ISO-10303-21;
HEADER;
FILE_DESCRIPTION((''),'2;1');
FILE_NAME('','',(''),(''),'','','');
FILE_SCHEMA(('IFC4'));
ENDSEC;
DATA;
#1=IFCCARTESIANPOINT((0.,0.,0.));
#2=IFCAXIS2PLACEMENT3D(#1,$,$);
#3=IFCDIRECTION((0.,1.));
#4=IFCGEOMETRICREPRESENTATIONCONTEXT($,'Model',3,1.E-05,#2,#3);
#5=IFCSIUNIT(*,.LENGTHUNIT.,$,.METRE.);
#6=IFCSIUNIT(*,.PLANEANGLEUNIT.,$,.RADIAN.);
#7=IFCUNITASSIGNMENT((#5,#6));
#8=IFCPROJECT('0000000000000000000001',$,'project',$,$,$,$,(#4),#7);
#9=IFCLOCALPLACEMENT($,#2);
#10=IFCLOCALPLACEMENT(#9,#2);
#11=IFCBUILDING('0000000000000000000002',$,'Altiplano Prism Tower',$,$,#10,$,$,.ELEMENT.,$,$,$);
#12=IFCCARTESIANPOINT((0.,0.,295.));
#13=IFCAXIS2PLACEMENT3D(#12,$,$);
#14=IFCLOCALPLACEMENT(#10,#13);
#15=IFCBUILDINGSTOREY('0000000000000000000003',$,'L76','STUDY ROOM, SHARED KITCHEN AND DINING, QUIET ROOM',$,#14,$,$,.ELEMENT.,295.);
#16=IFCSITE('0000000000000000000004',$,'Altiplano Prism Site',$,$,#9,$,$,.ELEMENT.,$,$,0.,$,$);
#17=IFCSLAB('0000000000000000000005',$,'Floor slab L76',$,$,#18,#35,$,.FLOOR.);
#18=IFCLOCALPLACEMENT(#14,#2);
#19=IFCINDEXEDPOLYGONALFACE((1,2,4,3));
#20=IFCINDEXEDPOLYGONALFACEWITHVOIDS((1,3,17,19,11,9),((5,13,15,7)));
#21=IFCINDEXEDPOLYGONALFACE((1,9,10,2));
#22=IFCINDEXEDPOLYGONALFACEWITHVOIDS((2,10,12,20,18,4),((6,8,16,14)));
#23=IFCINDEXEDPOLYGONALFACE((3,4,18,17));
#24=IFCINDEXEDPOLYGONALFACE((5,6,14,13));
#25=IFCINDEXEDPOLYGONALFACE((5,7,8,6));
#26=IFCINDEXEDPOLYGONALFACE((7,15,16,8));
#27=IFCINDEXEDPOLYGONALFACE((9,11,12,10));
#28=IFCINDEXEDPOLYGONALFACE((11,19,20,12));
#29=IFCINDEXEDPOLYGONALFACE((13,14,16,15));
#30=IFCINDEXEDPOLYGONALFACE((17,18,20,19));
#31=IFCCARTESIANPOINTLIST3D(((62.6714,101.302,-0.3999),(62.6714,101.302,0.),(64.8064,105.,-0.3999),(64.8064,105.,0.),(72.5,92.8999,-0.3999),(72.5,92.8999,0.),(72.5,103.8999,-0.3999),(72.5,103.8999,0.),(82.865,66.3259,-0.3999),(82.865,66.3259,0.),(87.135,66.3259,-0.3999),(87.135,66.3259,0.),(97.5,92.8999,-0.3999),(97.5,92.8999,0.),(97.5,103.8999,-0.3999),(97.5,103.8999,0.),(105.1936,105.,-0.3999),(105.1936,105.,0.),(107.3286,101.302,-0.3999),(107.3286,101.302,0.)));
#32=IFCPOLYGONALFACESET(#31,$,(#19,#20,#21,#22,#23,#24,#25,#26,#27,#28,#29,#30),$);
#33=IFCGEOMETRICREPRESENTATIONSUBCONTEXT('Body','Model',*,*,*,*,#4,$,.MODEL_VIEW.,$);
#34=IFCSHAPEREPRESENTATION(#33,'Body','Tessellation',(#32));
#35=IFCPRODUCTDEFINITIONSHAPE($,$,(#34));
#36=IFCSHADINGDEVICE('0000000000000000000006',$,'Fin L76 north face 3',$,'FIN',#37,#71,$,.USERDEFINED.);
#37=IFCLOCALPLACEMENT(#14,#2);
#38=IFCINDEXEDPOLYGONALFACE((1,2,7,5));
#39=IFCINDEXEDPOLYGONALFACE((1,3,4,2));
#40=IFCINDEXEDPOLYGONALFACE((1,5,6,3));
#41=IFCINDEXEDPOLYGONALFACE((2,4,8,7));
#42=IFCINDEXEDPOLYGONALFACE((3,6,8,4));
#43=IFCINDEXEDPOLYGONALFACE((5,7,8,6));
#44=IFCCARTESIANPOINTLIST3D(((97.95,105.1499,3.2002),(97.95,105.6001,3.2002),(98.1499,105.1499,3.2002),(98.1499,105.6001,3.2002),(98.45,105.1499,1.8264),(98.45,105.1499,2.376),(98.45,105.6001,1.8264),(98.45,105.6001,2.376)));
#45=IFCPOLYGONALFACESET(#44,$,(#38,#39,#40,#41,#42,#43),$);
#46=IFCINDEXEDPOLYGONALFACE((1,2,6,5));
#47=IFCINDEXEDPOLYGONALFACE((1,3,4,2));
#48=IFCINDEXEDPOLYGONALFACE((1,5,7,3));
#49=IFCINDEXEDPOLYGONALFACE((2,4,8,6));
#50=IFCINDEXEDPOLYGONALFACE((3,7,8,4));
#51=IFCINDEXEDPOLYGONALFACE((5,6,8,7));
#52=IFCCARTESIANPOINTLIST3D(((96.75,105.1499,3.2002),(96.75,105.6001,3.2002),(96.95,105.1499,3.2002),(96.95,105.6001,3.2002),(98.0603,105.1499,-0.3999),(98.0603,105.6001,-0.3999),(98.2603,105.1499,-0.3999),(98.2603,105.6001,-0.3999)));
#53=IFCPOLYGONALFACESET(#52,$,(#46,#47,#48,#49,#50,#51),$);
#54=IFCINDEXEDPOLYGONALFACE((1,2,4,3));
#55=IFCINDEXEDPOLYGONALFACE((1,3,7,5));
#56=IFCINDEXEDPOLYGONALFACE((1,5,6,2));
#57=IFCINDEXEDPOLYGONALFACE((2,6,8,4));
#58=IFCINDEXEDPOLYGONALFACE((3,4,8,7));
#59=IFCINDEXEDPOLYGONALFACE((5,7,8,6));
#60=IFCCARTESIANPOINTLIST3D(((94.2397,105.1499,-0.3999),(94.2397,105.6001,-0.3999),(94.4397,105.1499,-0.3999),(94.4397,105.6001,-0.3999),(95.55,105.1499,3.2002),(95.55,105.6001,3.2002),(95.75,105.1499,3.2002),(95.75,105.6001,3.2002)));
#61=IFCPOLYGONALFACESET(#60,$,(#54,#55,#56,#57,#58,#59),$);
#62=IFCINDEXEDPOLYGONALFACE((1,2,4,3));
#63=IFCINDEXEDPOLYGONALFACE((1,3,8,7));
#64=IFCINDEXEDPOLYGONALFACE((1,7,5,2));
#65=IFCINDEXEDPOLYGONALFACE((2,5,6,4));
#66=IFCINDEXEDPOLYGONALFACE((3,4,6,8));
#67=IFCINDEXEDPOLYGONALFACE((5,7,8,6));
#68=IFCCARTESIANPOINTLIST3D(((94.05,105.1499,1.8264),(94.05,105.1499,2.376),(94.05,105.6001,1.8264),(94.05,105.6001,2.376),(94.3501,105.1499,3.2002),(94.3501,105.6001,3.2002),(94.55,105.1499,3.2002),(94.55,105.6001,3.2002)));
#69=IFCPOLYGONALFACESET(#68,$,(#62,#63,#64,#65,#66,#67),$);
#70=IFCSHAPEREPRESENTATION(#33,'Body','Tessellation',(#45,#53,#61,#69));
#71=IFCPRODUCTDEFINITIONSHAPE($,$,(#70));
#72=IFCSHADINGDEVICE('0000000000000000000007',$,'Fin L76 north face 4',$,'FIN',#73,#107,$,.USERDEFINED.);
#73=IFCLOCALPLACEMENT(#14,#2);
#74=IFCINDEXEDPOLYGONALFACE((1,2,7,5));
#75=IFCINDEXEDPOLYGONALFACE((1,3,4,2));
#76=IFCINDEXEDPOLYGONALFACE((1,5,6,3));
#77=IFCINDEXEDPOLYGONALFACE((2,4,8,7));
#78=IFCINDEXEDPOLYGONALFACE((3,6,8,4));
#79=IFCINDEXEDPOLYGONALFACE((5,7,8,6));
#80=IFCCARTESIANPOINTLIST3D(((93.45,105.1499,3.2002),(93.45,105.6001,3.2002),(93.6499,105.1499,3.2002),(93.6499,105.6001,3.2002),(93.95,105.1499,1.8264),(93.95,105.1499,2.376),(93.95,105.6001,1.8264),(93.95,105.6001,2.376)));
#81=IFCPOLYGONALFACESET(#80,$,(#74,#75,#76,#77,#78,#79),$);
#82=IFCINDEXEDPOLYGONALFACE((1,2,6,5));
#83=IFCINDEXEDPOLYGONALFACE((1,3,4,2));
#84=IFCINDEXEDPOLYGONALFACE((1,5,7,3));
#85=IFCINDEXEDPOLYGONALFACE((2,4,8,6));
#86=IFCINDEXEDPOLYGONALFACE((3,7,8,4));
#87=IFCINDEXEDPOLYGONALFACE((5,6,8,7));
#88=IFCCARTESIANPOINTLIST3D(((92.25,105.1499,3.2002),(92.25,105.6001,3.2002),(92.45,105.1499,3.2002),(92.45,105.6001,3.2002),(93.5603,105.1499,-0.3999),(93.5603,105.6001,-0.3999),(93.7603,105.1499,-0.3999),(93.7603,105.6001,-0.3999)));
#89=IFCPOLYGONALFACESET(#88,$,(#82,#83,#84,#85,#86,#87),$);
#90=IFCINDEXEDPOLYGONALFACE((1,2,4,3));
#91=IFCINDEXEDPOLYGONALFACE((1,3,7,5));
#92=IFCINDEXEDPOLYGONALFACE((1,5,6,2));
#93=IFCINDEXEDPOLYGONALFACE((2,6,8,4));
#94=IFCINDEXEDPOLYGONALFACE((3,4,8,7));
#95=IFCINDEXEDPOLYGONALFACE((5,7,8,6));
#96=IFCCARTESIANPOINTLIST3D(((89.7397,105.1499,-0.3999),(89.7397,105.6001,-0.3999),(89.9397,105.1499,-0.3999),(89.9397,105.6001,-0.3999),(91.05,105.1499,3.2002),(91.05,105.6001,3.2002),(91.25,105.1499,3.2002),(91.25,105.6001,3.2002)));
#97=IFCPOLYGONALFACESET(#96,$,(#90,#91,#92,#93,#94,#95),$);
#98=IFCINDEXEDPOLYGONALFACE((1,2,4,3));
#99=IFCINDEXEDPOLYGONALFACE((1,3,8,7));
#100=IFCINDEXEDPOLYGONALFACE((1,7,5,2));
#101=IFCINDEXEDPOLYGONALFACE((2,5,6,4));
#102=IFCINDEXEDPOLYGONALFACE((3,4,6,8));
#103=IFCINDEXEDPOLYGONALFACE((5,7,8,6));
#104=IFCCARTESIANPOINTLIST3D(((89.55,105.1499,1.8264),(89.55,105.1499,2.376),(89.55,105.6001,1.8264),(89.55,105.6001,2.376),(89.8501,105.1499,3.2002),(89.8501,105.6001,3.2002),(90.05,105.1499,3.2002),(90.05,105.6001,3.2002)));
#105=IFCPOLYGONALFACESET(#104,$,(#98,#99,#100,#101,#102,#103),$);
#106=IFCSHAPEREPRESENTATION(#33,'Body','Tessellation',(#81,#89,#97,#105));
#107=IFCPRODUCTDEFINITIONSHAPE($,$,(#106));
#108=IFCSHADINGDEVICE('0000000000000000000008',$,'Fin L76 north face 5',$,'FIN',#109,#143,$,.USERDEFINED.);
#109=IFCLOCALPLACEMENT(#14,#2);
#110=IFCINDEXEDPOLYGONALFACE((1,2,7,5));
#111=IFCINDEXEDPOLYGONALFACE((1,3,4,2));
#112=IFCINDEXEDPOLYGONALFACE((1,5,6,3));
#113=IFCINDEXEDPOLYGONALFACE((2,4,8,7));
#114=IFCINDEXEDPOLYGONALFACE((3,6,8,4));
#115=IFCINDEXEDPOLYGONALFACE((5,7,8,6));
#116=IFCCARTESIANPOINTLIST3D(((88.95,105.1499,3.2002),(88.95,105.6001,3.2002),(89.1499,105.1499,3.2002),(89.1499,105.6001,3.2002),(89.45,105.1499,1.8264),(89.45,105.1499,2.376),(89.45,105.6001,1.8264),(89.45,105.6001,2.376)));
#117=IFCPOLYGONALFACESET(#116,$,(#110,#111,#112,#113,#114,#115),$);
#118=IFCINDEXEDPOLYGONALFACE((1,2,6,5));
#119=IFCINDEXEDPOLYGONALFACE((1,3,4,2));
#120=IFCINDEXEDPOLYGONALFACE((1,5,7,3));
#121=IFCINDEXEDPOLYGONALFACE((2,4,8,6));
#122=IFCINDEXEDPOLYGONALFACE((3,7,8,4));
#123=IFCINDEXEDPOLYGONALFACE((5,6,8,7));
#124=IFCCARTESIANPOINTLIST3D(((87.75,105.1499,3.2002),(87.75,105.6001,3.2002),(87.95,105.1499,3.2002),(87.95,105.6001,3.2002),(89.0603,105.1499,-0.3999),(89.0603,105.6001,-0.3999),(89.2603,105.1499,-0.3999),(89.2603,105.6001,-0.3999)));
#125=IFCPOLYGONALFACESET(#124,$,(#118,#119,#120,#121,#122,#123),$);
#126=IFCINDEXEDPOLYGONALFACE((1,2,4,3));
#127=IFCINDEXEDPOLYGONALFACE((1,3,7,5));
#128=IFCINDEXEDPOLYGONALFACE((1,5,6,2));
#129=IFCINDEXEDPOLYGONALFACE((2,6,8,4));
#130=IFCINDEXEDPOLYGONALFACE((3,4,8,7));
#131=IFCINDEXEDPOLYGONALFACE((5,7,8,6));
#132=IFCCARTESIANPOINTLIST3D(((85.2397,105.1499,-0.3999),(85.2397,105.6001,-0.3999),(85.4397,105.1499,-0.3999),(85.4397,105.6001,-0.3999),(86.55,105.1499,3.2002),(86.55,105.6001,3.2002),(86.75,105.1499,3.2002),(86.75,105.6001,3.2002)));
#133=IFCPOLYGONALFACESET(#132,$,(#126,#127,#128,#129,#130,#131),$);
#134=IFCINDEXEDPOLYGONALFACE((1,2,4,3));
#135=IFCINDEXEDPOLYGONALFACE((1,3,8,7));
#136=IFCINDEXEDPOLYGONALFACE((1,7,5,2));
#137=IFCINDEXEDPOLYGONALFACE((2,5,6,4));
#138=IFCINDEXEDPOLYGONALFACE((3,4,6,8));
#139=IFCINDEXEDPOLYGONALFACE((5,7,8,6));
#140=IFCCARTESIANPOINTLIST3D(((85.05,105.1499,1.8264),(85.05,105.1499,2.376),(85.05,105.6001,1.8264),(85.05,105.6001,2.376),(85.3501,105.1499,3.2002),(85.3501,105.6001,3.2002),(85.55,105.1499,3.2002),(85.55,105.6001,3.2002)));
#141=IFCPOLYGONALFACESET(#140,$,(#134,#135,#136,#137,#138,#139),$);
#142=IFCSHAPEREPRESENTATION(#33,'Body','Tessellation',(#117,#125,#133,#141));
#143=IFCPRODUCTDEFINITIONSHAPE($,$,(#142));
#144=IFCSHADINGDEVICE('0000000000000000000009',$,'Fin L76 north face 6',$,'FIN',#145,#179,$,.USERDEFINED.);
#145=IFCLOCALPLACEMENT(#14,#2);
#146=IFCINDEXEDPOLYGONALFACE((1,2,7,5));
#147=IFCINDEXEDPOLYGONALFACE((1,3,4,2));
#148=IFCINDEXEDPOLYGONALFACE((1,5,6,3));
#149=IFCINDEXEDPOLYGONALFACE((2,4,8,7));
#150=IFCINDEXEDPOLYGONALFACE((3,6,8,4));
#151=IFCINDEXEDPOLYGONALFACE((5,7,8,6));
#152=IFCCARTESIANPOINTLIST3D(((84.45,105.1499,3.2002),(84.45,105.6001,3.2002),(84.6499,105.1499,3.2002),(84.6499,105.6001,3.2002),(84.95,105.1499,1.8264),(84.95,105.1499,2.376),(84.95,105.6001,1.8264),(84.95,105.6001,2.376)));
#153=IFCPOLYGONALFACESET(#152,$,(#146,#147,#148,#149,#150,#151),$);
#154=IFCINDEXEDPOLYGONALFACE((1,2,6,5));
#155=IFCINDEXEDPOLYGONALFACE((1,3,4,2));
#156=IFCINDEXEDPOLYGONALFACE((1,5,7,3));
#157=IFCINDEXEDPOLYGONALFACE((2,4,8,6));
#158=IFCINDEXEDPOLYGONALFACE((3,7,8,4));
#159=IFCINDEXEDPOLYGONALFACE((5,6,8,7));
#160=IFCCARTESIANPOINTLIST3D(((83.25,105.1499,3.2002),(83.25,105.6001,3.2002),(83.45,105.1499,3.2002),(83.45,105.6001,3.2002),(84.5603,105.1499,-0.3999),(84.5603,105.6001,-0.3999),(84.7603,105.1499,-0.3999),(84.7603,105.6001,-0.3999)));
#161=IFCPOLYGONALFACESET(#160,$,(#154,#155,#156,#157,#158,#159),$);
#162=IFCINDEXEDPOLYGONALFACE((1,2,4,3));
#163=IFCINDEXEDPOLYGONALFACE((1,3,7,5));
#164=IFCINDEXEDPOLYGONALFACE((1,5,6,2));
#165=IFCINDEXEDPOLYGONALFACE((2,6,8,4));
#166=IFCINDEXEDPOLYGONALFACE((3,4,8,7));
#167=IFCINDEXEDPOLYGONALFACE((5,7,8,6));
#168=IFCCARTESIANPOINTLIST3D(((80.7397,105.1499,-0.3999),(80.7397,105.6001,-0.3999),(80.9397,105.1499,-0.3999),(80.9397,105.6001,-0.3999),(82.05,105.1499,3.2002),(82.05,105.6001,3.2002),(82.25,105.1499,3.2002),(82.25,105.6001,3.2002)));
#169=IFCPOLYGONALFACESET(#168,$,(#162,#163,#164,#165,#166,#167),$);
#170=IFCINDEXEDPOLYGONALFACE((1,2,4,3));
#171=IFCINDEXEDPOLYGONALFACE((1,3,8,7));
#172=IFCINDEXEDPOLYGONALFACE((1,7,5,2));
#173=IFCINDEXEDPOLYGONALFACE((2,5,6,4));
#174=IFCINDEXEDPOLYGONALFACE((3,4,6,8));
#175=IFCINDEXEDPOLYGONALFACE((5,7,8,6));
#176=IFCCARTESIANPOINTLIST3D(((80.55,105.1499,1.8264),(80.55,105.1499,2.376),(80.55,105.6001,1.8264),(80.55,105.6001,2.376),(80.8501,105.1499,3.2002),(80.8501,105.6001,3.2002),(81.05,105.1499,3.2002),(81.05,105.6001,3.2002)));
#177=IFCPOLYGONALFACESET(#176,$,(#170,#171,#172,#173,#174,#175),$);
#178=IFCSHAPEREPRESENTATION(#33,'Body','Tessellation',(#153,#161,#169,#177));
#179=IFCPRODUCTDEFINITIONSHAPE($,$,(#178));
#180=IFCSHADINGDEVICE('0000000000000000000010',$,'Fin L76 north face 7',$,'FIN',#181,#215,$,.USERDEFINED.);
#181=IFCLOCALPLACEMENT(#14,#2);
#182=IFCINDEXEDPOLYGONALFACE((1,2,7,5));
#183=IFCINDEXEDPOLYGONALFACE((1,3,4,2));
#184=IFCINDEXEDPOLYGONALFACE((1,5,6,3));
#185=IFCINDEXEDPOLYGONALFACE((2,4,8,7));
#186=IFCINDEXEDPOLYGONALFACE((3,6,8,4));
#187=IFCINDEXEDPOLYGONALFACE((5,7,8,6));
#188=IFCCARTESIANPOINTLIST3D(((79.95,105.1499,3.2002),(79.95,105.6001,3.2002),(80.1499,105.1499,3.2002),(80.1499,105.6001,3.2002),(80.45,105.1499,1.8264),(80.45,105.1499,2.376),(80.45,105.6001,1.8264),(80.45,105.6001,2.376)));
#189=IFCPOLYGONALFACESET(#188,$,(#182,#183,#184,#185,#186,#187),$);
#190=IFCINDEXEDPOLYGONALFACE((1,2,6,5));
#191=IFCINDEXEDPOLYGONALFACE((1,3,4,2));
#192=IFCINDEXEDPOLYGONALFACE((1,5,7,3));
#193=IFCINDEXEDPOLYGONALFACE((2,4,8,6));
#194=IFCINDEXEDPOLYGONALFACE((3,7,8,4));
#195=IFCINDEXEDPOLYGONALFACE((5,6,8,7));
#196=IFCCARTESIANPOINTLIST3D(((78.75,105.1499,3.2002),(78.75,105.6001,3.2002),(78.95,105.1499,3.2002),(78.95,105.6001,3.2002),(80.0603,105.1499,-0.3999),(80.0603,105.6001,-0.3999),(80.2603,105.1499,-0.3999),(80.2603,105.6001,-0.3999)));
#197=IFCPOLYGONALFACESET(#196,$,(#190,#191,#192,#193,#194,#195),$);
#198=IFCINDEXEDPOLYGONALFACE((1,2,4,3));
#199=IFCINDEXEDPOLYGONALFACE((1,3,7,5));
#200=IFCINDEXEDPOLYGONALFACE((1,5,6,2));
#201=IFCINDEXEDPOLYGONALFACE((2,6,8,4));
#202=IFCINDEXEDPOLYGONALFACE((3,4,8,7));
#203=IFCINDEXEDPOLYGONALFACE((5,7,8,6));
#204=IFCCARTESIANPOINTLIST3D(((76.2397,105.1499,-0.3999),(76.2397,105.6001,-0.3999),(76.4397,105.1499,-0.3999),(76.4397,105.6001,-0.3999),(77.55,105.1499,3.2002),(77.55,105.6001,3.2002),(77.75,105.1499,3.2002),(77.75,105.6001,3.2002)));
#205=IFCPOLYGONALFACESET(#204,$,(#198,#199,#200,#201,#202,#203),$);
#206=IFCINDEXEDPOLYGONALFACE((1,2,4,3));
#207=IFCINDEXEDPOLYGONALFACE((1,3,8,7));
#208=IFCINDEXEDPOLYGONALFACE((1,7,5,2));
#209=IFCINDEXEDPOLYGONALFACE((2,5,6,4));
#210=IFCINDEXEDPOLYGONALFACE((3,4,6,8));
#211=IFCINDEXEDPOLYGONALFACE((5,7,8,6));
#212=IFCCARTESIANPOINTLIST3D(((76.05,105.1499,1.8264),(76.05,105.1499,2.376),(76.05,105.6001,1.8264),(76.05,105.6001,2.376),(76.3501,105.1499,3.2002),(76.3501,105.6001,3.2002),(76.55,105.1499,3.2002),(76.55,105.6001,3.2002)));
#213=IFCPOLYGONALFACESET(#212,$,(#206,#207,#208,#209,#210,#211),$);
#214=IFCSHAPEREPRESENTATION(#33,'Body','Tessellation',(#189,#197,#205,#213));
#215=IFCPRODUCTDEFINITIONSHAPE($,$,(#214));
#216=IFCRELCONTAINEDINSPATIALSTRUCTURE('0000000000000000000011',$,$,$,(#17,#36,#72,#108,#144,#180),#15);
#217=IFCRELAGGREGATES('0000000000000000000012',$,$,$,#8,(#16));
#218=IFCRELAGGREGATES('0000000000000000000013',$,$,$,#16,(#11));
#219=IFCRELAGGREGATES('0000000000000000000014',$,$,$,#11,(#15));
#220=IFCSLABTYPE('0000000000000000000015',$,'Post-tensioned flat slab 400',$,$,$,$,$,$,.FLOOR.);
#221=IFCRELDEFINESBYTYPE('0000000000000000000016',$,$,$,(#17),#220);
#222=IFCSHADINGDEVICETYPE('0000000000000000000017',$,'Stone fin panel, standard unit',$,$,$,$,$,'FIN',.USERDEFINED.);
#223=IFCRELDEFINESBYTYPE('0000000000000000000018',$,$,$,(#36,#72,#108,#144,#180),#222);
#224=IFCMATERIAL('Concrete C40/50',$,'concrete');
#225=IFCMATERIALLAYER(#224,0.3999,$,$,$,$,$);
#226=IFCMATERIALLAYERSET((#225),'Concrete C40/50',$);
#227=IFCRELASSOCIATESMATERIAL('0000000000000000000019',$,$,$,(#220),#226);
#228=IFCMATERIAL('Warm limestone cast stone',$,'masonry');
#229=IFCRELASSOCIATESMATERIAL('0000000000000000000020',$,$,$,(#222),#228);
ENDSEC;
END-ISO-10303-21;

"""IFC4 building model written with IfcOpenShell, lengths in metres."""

from ifc_helpers import new_model, si_unit, direction, frame, origin, place, context, subcontext, project, spatial, polyline, outline, extrude, source, transform, mapped, material, layer, layer_set, type_object, element, save


model = new_model("IFC4")

# Units and contexts
model_context = context("Model", 3, precision=1e-05, world=origin(), true_north=direction((0.0, 1.0)))
body_context = subcontext(model_context, "Body", "Model", "MODEL_VIEW")
ifc_project = project(units=[si_unit("LENGTHUNIT", "METRE"), si_unit("PLANEANGLEUNIT", "RADIAN")], contexts=[model_context])

# Site, building, storey
site_placement = place(None, origin())
site = spatial("IfcSite", under=ifc_project, at=site_placement, Name="Altiplano Prism Site", CompositionType="ELEMENT", RefElevation=0.0)
building_placement = place(site_placement, origin())
building = spatial("IfcBuilding", under=site, at=building_placement, Name="Altiplano Prism Tower", CompositionType="ELEMENT")
storey_placement = place(building_placement, frame((0.0, 0.0, 295.0)))
storey = spatial("IfcBuildingStorey", under=building, at=storey_placement, Name="L76", Description="STUDY ROOM, SHARED KITCHEN AND DINING, QUIET ROOM", CompositionType="ELEMENT", Elevation=295.0)

# Slab
ifc_material_1 = material(Name="Concrete C40/50", Category="concrete")
ifc_layer = layer(ifc_material_1, 0.3999)
ifc_layer_set = layer_set([ifc_layer], Name="Concrete C40/50")
slab_type = type_object("IfcSlabType", Name="Post-tensioned flat slab 400", PredefinedType="FLOOR", material=ifc_layer_set)
slab_placement = place(storey_placement, frame((0.0, 0.0, -0.3999)))
element("IfcSlab", 1, at=slab_placement, inside=storey, type_object=slab_type, Name="Floor slab L76", PredefinedType="FLOOR", context=body_context, shape_type="SweptSolid", body=[
    extrude(outline(polyline([(107.3286, 101.302), (87.135, 66.3259), (82.865, 66.3259), (62.6714, 101.302), (64.8064, 105.0), (105.1936, 105.0), (107.3286, 101.302)]), holes=[polyline([(97.5, 92.8999), (97.5, 103.8999), (72.5, 103.8999), (72.5, 92.8999), (97.5, 92.8999)])]), origin(), (0.0, 0.0, 1.0), 0.3999),
])

# Shading devices
ifc_material_2 = material(Name="Warm limestone cast stone", Category="masonry")
shading_device_type_1 = type_object("IfcShadingDeviceType", Name="Stone fin panel, standard unit", ElementType="FIN", PredefinedType="USERDEFINED", material=ifc_material_2)
shared_shape_1 = source(origin(), body_context, "Body", "SweptSolid", [
    extrude(outline(polyline([(-2.2, 2.2263), (-1.7, 3.6001), (-1.8999, 3.6001), (-2.2, 2.7759), (-2.2, 2.2263)])), frame((0.0, -0.1499, 0.0), z_axis=(0.0, -1.0, 0.0), x_axis=(1.0, 0.0, 0.0)), (0.0, 0.0, 1.0), 0.4502),
    extrude(outline(polyline([(-2.0103, 0.0), (-1.8103, 0.0), (-0.5, 3.6001), (-0.7, 3.6001), (-2.0103, 0.0)])), frame((0.0, -0.1499, 0.0), z_axis=(0.0, -1.0, 0.0), x_axis=(1.0, 0.0, 0.0)), (0.0, 0.0, 1.0), 0.4502),
    extrude(outline(polyline([(1.8103, 0.0), (2.0103, 0.0), (0.7, 3.6001), (0.5, 3.6001), (1.8103, 0.0)])), frame((0.0, -0.1499, 0.0), z_axis=(0.0, -1.0, 0.0), x_axis=(1.0, 0.0, 0.0)), (0.0, 0.0, 1.0), 0.4502),
    extrude(outline(polyline([(2.2, 2.7759), (1.8999, 3.6001), (1.7, 3.6001), (2.2, 2.2263), (2.2, 2.7759)])), frame((0.0, -0.1499, 0.0), z_axis=(0.0, -1.0, 0.0), x_axis=(1.0, 0.0, 0.0)), (0.0, 0.0, 1.0), 0.4502),
])
shading_device_1_placement = place(storey_placement, origin())
element("IfcShadingDevice", 2, at=shading_device_1_placement, inside=storey, type_object=shading_device_type_1, Name="Fin L76 north face 3", ObjectType="FIN", PredefinedType="USERDEFINED", context=body_context, shape_type="MappedRepresentation", body=[
    mapped(shared_shape_1, transform((96.25, 105.0, -0.3999), x_axis=(-1.0, 0.0, 0.0), y_axis=(0.0, -1.0, 0.0), z_axis=(0.0, 0.0, 1.0))),
])
shading_device_2_placement = place(storey_placement, origin())
element("IfcShadingDevice", 3, at=shading_device_2_placement, inside=storey, type_object=shading_device_type_1, Name="Fin L76 north face 4", ObjectType="FIN", PredefinedType="USERDEFINED", context=body_context, shape_type="MappedRepresentation", body=[
    mapped(shared_shape_1, transform((91.75, 105.0, -0.3999), x_axis=(-1.0, 0.0, 0.0), y_axis=(0.0, -1.0, 0.0), z_axis=(0.0, 0.0, 1.0))),
])
shading_device_3_placement = place(storey_placement, origin())
element("IfcShadingDevice", 4, at=shading_device_3_placement, inside=storey, type_object=shading_device_type_1, Name="Fin L76 north face 5", ObjectType="FIN", PredefinedType="USERDEFINED", context=body_context, shape_type="MappedRepresentation", body=[
    mapped(shared_shape_1, transform((87.25, 105.0, -0.3999), x_axis=(-1.0, 0.0, 0.0), y_axis=(0.0, -1.0, 0.0), z_axis=(0.0, 0.0, 1.0))),
])
shading_device_4_placement = place(storey_placement, origin())
element("IfcShadingDevice", 5, at=shading_device_4_placement, inside=storey, type_object=shading_device_type_1, Name="Fin L76 north face 6", ObjectType="FIN", PredefinedType="USERDEFINED", context=body_context, shape_type="MappedRepresentation", body=[
    mapped(shared_shape_1, transform((82.75, 105.0, -0.3999), x_axis=(-1.0, 0.0, 0.0), y_axis=(0.0, -1.0, 0.0), z_axis=(0.0, 0.0, 1.0))),
])
shading_device_5_placement = place(storey_placement, origin())
element("IfcShadingDevice", 6, at=shading_device_5_placement, inside=storey, type_object=shading_device_type_1, Name="Fin L76 north face 7", ObjectType="FIN", PredefinedType="USERDEFINED", context=body_context, shape_type="MappedRepresentation", body=[
    mapped(shared_shape_1, transform((78.25, 105.0, -0.3999), x_axis=(-1.0, 0.0, 0.0), y_axis=(0.0, -1.0, 0.0), z_axis=(0.0, 0.0, 1.0))),
])

save(model, "model.ifc")
